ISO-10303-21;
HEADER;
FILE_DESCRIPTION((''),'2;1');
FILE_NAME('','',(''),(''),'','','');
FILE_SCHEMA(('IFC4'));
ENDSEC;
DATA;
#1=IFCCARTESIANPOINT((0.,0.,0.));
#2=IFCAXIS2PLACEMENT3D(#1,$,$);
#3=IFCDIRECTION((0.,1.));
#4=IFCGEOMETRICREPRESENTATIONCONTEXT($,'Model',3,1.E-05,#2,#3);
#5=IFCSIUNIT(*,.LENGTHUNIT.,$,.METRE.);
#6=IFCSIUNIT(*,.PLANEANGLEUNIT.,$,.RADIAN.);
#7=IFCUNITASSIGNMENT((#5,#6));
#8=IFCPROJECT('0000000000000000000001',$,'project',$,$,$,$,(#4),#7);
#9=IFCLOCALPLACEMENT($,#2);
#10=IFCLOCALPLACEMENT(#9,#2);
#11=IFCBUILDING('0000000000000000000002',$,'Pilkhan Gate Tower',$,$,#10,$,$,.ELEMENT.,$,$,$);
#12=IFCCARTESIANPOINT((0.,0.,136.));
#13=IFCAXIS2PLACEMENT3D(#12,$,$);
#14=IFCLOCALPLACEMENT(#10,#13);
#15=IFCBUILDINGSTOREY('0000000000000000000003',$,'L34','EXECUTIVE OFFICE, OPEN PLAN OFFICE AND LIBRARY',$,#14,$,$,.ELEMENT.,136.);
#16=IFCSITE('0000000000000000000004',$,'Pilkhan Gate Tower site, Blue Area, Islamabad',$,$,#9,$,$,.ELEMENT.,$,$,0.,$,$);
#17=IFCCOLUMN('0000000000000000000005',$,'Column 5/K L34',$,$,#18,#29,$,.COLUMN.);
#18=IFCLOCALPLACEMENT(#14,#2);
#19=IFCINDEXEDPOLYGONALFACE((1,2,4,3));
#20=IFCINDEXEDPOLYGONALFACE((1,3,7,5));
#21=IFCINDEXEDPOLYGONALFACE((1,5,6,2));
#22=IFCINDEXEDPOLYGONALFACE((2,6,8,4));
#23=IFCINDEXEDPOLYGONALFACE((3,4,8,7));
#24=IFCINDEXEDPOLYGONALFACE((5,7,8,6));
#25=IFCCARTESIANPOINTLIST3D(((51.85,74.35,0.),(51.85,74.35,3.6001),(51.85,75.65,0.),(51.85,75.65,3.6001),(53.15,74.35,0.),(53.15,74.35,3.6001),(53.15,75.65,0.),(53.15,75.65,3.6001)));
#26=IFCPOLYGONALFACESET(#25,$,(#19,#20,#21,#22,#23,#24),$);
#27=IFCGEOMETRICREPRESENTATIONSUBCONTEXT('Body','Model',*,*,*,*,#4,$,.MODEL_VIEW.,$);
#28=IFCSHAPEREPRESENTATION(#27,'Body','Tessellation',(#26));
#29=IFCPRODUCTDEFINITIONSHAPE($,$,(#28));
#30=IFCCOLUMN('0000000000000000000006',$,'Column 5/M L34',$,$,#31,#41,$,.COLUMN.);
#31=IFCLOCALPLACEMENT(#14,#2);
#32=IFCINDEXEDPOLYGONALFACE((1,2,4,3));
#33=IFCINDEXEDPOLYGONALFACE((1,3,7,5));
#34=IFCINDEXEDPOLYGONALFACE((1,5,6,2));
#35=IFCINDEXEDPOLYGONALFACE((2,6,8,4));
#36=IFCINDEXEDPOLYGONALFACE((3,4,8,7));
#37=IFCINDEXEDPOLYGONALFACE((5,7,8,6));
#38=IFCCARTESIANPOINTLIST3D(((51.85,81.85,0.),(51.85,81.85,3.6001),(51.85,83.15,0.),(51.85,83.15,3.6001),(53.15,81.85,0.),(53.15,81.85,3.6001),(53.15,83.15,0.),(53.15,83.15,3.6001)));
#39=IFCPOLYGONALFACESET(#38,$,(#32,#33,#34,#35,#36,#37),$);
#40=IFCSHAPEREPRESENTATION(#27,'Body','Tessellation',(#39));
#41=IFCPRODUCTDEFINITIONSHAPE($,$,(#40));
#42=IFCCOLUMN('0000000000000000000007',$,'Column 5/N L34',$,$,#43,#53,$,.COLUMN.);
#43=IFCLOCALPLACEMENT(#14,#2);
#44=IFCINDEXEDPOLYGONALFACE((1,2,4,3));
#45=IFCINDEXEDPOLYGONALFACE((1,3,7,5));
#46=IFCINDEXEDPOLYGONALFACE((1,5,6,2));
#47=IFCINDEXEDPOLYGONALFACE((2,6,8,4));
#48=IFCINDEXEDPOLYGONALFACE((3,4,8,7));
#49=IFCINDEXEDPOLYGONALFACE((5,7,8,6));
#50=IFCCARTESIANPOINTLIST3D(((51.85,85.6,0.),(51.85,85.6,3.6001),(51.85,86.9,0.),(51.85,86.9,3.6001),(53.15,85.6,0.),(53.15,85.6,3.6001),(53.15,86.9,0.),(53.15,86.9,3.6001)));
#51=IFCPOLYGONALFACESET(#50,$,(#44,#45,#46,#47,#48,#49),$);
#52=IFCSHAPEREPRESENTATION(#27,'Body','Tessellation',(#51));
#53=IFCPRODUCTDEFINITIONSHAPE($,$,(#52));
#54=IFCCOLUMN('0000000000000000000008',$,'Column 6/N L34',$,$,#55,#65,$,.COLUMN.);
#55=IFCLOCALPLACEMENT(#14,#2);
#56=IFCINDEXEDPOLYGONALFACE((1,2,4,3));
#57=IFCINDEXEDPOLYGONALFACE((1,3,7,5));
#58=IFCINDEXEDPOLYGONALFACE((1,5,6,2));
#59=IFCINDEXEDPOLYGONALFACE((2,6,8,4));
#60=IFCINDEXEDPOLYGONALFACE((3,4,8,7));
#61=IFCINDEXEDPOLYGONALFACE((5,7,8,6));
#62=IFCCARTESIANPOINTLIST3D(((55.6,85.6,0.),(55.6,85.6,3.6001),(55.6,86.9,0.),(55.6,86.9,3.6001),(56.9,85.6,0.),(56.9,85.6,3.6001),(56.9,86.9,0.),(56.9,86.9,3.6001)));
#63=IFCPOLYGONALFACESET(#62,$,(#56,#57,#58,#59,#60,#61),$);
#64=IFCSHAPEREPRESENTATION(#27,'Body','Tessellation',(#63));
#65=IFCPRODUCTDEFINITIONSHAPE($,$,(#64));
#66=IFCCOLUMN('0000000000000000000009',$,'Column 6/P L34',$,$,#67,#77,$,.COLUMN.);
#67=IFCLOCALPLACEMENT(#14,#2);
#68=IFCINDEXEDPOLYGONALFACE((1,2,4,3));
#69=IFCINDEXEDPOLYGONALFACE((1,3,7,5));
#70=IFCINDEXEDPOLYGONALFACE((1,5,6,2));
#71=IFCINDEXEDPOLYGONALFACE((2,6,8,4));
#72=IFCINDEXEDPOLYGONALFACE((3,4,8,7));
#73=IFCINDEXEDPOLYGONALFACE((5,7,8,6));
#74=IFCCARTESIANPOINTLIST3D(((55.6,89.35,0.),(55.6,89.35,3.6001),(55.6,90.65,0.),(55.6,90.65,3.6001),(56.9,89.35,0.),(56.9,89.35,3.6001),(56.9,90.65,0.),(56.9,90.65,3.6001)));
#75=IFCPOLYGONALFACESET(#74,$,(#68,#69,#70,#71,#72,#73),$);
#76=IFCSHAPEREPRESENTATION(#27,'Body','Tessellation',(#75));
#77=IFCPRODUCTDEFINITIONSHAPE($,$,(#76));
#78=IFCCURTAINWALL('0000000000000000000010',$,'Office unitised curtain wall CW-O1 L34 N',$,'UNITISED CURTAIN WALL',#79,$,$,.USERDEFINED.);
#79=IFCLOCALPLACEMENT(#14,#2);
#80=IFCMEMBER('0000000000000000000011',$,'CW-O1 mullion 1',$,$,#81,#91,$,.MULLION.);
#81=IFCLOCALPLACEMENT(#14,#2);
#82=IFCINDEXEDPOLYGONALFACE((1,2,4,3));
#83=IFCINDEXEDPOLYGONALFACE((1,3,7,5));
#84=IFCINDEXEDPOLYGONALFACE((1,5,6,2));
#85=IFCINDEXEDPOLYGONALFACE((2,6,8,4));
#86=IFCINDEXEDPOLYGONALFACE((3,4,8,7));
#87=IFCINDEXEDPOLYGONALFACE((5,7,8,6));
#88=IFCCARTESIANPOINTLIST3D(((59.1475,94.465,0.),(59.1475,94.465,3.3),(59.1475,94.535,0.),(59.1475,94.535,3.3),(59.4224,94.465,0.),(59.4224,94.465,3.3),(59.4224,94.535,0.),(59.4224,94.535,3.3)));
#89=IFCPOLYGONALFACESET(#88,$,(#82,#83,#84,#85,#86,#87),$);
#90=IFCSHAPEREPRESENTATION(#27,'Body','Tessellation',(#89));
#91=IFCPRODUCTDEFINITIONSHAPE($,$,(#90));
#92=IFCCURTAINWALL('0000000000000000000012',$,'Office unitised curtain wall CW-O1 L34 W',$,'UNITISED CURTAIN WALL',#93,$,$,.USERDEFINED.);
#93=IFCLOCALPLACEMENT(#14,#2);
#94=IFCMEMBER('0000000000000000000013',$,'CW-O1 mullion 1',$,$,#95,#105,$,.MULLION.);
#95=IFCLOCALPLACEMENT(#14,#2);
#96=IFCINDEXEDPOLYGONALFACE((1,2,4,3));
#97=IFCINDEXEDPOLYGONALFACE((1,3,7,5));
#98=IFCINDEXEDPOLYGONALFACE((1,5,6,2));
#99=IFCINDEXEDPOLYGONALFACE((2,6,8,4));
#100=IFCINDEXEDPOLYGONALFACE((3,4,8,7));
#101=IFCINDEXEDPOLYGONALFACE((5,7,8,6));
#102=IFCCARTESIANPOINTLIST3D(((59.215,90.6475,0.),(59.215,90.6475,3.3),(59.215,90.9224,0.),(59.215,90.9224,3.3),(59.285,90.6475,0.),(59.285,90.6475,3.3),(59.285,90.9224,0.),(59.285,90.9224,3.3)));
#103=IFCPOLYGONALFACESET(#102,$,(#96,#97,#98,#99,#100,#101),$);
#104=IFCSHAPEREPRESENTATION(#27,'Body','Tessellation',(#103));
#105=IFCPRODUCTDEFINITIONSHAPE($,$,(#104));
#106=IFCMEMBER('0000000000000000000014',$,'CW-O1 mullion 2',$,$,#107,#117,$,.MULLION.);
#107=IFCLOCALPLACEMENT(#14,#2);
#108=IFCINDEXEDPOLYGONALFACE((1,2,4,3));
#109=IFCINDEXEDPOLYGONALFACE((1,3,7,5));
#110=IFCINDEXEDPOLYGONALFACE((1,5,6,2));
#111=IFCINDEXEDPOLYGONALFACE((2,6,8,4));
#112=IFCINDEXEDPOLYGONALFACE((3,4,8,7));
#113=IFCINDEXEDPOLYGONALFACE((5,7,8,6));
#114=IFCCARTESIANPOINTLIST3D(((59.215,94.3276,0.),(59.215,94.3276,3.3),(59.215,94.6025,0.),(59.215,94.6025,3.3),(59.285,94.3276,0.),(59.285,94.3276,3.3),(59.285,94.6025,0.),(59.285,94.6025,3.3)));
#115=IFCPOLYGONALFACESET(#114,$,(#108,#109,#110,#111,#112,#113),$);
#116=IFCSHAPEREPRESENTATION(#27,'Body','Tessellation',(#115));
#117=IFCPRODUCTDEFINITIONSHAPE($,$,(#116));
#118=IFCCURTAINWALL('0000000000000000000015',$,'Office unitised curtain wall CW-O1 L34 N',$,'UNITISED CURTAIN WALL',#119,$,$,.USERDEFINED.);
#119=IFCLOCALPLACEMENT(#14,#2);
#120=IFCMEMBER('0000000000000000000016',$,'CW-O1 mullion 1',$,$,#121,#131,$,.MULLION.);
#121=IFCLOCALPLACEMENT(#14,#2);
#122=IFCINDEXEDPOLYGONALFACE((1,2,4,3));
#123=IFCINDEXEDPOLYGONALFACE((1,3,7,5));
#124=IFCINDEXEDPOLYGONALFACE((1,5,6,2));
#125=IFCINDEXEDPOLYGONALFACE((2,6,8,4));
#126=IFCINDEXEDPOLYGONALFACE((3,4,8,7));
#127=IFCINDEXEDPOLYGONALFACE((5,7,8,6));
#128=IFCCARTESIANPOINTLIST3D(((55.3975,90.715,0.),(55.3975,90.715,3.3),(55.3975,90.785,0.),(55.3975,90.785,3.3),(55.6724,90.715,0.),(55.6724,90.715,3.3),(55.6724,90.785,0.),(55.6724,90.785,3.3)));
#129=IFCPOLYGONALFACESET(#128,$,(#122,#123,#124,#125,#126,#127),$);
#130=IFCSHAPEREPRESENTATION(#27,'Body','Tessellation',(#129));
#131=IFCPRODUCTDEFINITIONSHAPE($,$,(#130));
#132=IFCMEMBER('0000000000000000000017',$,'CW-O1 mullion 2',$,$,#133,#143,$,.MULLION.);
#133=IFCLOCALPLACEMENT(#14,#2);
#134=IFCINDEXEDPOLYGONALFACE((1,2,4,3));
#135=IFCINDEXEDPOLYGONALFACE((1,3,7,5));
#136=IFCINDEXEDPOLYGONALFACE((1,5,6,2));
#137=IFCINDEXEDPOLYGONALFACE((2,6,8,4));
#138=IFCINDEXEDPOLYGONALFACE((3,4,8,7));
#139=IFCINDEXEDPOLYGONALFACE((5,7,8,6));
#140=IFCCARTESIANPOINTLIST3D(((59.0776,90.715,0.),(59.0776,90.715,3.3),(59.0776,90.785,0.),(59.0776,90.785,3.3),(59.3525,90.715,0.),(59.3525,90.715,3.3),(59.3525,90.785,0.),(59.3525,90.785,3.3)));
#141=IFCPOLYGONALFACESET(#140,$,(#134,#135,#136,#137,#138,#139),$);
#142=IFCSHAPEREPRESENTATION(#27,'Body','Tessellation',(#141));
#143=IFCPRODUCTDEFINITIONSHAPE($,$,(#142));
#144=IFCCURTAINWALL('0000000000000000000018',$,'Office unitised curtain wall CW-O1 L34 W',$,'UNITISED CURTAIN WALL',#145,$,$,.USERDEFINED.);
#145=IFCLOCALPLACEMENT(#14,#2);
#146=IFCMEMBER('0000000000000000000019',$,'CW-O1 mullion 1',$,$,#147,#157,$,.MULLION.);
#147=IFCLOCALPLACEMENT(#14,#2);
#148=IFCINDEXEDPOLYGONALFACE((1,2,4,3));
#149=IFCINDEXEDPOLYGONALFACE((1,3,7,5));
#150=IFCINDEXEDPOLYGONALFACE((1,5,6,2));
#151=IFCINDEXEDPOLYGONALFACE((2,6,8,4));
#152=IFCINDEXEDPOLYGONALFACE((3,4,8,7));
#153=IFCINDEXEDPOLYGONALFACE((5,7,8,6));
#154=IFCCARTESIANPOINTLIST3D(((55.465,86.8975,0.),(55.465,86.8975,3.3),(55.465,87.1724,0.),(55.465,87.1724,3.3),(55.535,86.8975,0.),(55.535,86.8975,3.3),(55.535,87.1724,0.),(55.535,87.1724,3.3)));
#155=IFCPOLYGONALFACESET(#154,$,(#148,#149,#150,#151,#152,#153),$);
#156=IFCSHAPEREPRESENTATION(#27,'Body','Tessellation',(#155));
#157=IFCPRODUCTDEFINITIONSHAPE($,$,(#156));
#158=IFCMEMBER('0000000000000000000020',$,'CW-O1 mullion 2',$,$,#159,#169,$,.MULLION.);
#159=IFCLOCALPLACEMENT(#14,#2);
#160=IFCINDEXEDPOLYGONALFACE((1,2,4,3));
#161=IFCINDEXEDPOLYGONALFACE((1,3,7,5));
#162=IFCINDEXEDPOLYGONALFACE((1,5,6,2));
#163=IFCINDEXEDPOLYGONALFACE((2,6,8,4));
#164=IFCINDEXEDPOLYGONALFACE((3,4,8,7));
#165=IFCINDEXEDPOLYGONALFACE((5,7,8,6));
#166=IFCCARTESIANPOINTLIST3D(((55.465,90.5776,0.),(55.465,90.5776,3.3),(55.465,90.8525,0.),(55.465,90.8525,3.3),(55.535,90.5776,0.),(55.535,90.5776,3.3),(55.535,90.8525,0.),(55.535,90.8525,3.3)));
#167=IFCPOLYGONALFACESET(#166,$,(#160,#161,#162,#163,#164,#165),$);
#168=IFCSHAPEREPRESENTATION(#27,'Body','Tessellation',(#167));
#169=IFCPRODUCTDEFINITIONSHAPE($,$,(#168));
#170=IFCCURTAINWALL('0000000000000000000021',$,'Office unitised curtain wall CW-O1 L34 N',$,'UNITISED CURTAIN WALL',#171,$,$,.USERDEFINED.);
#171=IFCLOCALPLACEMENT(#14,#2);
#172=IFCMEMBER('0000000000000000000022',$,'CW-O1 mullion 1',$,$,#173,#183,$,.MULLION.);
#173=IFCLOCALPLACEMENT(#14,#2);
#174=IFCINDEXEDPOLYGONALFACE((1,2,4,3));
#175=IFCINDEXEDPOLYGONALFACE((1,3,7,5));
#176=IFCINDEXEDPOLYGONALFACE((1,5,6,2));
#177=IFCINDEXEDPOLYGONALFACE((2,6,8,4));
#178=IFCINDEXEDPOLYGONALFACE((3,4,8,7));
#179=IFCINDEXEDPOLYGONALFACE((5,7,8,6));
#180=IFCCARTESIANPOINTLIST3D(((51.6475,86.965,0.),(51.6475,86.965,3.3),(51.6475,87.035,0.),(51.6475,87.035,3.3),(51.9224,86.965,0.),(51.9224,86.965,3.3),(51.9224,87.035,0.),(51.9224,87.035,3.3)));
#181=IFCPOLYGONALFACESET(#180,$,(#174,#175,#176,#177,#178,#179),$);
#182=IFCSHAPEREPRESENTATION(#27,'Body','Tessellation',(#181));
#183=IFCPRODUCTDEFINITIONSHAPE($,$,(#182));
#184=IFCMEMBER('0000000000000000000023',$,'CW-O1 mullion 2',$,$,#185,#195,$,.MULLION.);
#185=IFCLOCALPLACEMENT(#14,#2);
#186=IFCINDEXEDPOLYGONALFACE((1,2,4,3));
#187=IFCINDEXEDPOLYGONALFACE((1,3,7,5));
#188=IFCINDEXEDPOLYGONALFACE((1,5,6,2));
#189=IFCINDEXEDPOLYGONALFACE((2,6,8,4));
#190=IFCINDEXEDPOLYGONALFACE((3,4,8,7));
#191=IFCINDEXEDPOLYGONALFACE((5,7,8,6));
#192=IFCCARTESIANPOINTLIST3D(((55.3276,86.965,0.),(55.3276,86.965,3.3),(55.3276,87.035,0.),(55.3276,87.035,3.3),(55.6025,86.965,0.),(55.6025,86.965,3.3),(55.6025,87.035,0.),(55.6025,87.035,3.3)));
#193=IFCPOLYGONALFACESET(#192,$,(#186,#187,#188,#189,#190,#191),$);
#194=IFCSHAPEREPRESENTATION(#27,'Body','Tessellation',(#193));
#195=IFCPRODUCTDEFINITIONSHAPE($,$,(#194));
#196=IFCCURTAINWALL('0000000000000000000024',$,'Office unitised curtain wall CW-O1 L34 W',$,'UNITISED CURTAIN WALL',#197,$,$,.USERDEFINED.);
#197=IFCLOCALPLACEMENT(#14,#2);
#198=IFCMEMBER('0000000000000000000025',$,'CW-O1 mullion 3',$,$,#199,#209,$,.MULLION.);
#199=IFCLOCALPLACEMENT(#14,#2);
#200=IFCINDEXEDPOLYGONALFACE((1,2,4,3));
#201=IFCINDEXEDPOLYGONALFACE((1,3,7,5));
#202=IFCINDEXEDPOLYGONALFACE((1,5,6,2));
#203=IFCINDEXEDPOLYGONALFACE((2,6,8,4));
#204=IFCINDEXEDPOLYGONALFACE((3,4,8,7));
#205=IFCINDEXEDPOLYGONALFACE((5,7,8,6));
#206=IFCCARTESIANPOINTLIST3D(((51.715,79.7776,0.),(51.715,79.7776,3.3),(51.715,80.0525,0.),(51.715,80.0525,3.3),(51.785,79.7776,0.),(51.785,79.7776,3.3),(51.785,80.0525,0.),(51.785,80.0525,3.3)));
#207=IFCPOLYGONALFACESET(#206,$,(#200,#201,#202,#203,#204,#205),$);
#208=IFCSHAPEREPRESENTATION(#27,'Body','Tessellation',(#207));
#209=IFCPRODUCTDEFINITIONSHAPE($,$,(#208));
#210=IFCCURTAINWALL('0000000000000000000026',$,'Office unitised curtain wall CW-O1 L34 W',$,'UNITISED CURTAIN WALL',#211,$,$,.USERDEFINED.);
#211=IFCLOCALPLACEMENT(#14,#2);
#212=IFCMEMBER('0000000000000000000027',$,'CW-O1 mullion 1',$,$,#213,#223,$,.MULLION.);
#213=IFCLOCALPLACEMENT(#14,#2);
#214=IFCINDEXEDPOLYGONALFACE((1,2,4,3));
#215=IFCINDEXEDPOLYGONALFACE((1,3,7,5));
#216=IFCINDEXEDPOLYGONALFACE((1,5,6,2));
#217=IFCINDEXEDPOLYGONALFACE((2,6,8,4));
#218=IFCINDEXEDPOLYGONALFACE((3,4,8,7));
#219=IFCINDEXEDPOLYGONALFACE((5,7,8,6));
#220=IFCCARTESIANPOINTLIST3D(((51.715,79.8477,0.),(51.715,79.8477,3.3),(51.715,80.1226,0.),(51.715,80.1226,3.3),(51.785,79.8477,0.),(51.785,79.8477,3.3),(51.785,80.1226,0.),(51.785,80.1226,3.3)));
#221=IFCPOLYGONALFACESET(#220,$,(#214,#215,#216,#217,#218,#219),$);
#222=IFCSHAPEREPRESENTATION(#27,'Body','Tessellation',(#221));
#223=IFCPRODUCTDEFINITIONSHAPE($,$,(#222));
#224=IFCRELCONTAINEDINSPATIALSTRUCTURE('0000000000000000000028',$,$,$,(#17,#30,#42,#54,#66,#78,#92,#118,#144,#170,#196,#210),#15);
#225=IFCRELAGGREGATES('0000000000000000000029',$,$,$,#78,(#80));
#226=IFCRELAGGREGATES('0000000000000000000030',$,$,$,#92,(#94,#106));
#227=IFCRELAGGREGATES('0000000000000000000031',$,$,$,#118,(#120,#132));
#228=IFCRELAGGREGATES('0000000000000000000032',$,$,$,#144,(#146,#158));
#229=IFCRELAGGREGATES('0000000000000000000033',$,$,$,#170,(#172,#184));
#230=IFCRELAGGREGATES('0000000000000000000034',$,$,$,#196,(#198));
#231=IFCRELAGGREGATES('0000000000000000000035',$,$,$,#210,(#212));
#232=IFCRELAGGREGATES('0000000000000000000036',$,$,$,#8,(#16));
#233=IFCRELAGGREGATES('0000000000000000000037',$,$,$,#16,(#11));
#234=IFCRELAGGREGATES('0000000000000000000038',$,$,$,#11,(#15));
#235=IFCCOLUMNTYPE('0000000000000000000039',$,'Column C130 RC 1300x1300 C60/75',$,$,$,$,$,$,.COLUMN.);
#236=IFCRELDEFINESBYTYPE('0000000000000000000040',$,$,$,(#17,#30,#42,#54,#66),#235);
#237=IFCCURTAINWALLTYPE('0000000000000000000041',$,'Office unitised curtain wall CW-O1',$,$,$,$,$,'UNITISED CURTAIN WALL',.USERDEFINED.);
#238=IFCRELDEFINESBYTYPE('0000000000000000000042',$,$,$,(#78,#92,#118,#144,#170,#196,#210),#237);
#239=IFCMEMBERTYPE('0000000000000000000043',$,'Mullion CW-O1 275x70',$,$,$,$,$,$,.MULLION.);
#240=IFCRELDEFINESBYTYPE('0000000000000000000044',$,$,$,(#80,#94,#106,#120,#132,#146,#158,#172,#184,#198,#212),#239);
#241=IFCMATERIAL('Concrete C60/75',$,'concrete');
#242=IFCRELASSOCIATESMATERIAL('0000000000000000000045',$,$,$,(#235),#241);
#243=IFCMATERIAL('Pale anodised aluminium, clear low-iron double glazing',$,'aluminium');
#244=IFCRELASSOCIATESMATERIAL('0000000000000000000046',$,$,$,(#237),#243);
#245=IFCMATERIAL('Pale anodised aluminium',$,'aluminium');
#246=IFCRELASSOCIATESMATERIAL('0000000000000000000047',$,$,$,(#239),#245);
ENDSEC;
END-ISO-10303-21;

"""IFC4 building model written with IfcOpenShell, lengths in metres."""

from ifc_helpers import new_model, si_unit, direction, frame, origin, origin_2d, place, context, subcontext, project, spatial, rectangle, extrude, material, material_profile, profile_set, type_object, element, aggregate, save


model = new_model("IFC4")

# Units and contexts
model_context = context("Model", 3, precision=1e-05, world=origin(), true_north=direction((0.0, 1.0)))
body_context = subcontext(model_context, "Body", "Model", "MODEL_VIEW")
ifc_project = project(units=[si_unit("LENGTHUNIT", "METRE"), si_unit("PLANEANGLEUNIT", "RADIAN")], contexts=[model_context])

# Site, building, storey
site_placement = place(None, origin())
site = spatial("IfcSite", under=ifc_project, at=site_placement, Name="Pilkhan Gate Tower site, Blue Area, Islamabad", CompositionType="ELEMENT", RefElevation=0.0)
building_placement = place(site_placement, origin())
building = spatial("IfcBuilding", under=site, at=building_placement, Name="Pilkhan Gate Tower", CompositionType="ELEMENT")
storey_placement = place(building_placement, frame((0.0, 0.0, 136.0)))
storey = spatial("IfcBuildingStorey", under=building, at=storey_placement, Name="L34", Description="EXECUTIVE OFFICE, OPEN PLAN OFFICE AND LIBRARY", CompositionType="ELEMENT", Elevation=136.0)

# Columns
ifc_material_1 = material(Name="Concrete C60/75", Category="concrete")
ifc_material_profile_1 = material_profile(ifc_material_1, rectangle(XDim=1.3, YDim=1.3, at=origin_2d()), Name="RC 1300x1300")
ifc_profile_set_1 = profile_set([ifc_material_profile_1], Name="Concrete C60/75")
column_type = type_object("IfcColumnType", Name="Column C130 RC 1300x1300 C60/75", PredefinedType="COLUMN", material=ifc_profile_set_1)
for number, where, z_axis, x_axis, name in (
    (1, (52.5, 75.0, 0.0), (0.0, 0.0, 1.0), (1.0, 0.0, 0.0), "Column 5/K L34"),
    (2, (52.5, 82.5, 0.0), (0.0, 0.0, 1.0), (1.0, 0.0, 0.0), "Column 5/M L34"),
    (3, (52.5, 86.25, 0.0), (0.0, 0.0, 1.0), (1.0, 0.0, 0.0), "Column 5/N L34"),
    (4, (56.25, 86.25, 0.0), (0.0, 0.0, 1.0), (1.0, 0.0, 0.0), "Column 6/N L34"),
    (5, (56.25, 90.0, 0.0), (0.0, 0.0, 1.0), (1.0, 0.0, 0.0), "Column 6/P L34"),
):
    element("IfcColumn", number, at=place(storey_placement, frame(where, z_axis=z_axis, x_axis=x_axis)), inside=storey, type_object=column_type, Name=name, PredefinedType="COLUMN", context=body_context, shape_type="SweptSolid", body=[
        extrude(rectangle(XDim=1.3, YDim=1.3, at=origin_2d()), origin(), (0.0, 0.0, 1.0), 3.6001),
    ])

# Curtain wall, member
ifc_material_2 = material(Name="Pale anodised aluminium, clear low-iron double glazing", Category="aluminium")
curtain_wall_type = type_object("IfcCurtainWallType", Name="Office unitised curtain wall CW-O1", ElementType="UNITISED CURTAIN WALL", PredefinedType="USERDEFINED", material=ifc_material_2)
curtain_wall_1_placement = place(storey_placement, origin())
curtain_wall_1 = element("IfcCurtainWall", 6, at=curtain_wall_1_placement, inside=storey, type_object=curtain_wall_type, Name="Office unitised curtain wall CW-O1 L34 N", ObjectType="UNITISED CURTAIN WALL", PredefinedType="USERDEFINED")
ifc_material_3 = material(Name="Pale anodised aluminium", Category="aluminium")
ifc_material_profile_2 = material_profile(ifc_material_3, rectangle(XDim=0.0701, YDim=0.2749, at=origin_2d()), Name="Mullion 275x70")
ifc_profile_set_2 = profile_set([ifc_material_profile_2], Name="Pale anodised aluminium")
member_type_1 = type_object("IfcMemberType", Name="Mullion CW-O1 275x70", PredefinedType="MULLION", material=ifc_profile_set_2)
member_1_placement = place(storey_placement, frame((59.2849, 94.5, 0.0), z_axis=(0.0, 0.0, 1.0), x_axis=(0.0, 1.0, 0.0)))
member_1 = element("IfcMember", 7, at=member_1_placement, type_object=member_type_1, Name="CW-O1 mullion 1", PredefinedType="MULLION", context=body_context, shape_type="SweptSolid", body=[
    extrude(rectangle(XDim=0.0701, YDim=0.2749, at=origin_2d()), origin(), (0.0, 0.0, 1.0), 3.3),
])

# Curtain walls, members
curtain_wall_2_placement = place(storey_placement, origin())
curtain_wall_2 = element("IfcCurtainWall", 8, at=curtain_wall_2_placement, inside=storey, type_object=curtain_wall_type, Name="Office unitised curtain wall CW-O1 L34 W", ObjectType="UNITISED CURTAIN WALL", PredefinedType="USERDEFINED")
member_2_placement = place(storey_placement, frame((59.25, 90.7849, 0.0), z_axis=(0.0, 0.0, 1.0), x_axis=(-1.0, 0.0, 0.0)))
member_2 = element("IfcMember", 9, at=member_2_placement, type_object=member_type_1, Name="CW-O1 mullion 1", PredefinedType="MULLION", context=body_context, shape_type="SweptSolid", body=[
    extrude(rectangle(XDim=0.0701, YDim=0.2749, at=origin_2d()), origin(), (0.0, 0.0, 1.0), 3.3),
])
member_3_placement = place(storey_placement, frame((59.25, 94.4651, 0.0), z_axis=(0.0, 0.0, 1.0), x_axis=(-1.0, 0.0, 0.0)))
member_3 = element("IfcMember", 10, at=member_3_placement, type_object=member_type_1, Name="CW-O1 mullion 2", PredefinedType="MULLION", context=body_context, shape_type="SweptSolid", body=[
    extrude(rectangle(XDim=0.0701, YDim=0.2749, at=origin_2d()), origin(), (0.0, 0.0, 1.0), 3.3),
])
curtain_wall_3_placement = place(storey_placement, origin())
curtain_wall_3 = element("IfcCurtainWall", 11, at=curtain_wall_3_placement, inside=storey, type_object=curtain_wall_type, Name="Office unitised curtain wall CW-O1 L34 N", ObjectType="UNITISED CURTAIN WALL", PredefinedType="USERDEFINED")
member_4_placement = place(storey_placement, frame((55.5349, 90.75, 0.0), z_axis=(0.0, 0.0, 1.0), x_axis=(0.0, 1.0, 0.0)))
member_4 = element("IfcMember", 12, at=member_4_placement, type_object=member_type_1, Name="CW-O1 mullion 1", PredefinedType="MULLION", context=body_context, shape_type="SweptSolid", body=[
    extrude(rectangle(XDim=0.0701, YDim=0.2749, at=origin_2d()), origin(), (0.0, 0.0, 1.0), 3.3),
])
member_5_placement = place(storey_placement, frame((59.2151, 90.75, 0.0), z_axis=(0.0, 0.0, 1.0), x_axis=(0.0, 1.0, 0.0)))
member_5 = element("IfcMember", 13, at=member_5_placement, type_object=member_type_1, Name="CW-O1 mullion 2", PredefinedType="MULLION", context=body_context, shape_type="SweptSolid", body=[
    extrude(rectangle(XDim=0.0701, YDim=0.2749, at=origin_2d()), origin(), (0.0, 0.0, 1.0), 3.3),
])
curtain_wall_4_placement = place(storey_placement, origin())
curtain_wall_4 = element("IfcCurtainWall", 14, at=curtain_wall_4_placement, inside=storey, type_object=curtain_wall_type, Name="Office unitised curtain wall CW-O1 L34 W", ObjectType="UNITISED CURTAIN WALL", PredefinedType="USERDEFINED")
member_6_placement = place(storey_placement, frame((55.5, 87.0349, 0.0), z_axis=(0.0, 0.0, 1.0), x_axis=(-1.0, 0.0, 0.0)))
member_6 = element("IfcMember", 15, at=member_6_placement, type_object=member_type_1, Name="CW-O1 mullion 1", PredefinedType="MULLION", context=body_context, shape_type="SweptSolid", body=[
    extrude(rectangle(XDim=0.0701, YDim=0.2749, at=origin_2d()), origin(), (0.0, 0.0, 1.0), 3.3),
])
member_7_placement = place(storey_placement, frame((55.5, 90.7151, 0.0), z_axis=(0.0, 0.0, 1.0), x_axis=(-1.0, 0.0, 0.0)))
member_7 = element("IfcMember", 16, at=member_7_placement, type_object=member_type_1, Name="CW-O1 mullion 2", PredefinedType="MULLION", context=body_context, shape_type="SweptSolid", body=[
    extrude(rectangle(XDim=0.0701, YDim=0.2749, at=origin_2d()), origin(), (0.0, 0.0, 1.0), 3.3),
])
curtain_wall_5_placement = place(storey_placement, origin())
curtain_wall_5 = element("IfcCurtainWall", 17, at=curtain_wall_5_placement, inside=storey, type_object=curtain_wall_type, Name="Office unitised curtain wall CW-O1 L34 N", ObjectType="UNITISED CURTAIN WALL", PredefinedType="USERDEFINED")
member_8_placement = place(storey_placement, frame((51.7849, 87.0, 0.0), z_axis=(0.0, 0.0, 1.0), x_axis=(0.0, 1.0, 0.0)))
member_8 = element("IfcMember", 18, at=member_8_placement, type_object=member_type_1, Name="CW-O1 mullion 1", PredefinedType="MULLION", context=body_context, shape_type="SweptSolid", body=[
    extrude(rectangle(XDim=0.0701, YDim=0.2749, at=origin_2d()), origin(), (0.0, 0.0, 1.0), 3.3),
])
member_9_placement = place(storey_placement, frame((55.4651, 87.0, 0.0), z_axis=(0.0, 0.0, 1.0), x_axis=(0.0, 1.0, 0.0)))
member_9 = element("IfcMember", 19, at=member_9_placement, type_object=member_type_1, Name="CW-O1 mullion 2", PredefinedType="MULLION", context=body_context, shape_type="SweptSolid", body=[
    extrude(rectangle(XDim=0.0701, YDim=0.2749, at=origin_2d()), origin(), (0.0, 0.0, 1.0), 3.3),
])

# Curtain wall, member
curtain_wall_6_placement = place(storey_placement, origin())
curtain_wall_6 = element("IfcCurtainWall", 20, at=curtain_wall_6_placement, inside=storey, type_object=curtain_wall_type, Name="Office unitised curtain wall CW-O1 L34 W", ObjectType="UNITISED CURTAIN WALL", PredefinedType="USERDEFINED")
member_10_placement = place(storey_placement, frame((51.75, 79.915, 0.0), z_axis=(0.0, 0.0, 1.0), x_axis=(-1.0, 0.0, 0.0)))
member_10 = element("IfcMember", 21, at=member_10_placement, type_object=member_type_1, Name="CW-O1 mullion 3", PredefinedType="MULLION", context=body_context, shape_type="SweptSolid", body=[
    extrude(rectangle(XDim=0.0701, YDim=0.2749, at=origin_2d()), origin(), (0.0, 0.0, 1.0), 3.3),
])

# Curtain wall, member
curtain_wall_7_placement = place(storey_placement, origin())
curtain_wall_7 = element("IfcCurtainWall", 22, at=curtain_wall_7_placement, inside=storey, type_object=curtain_wall_type, Name="Office unitised curtain wall CW-O1 L34 W", ObjectType="UNITISED CURTAIN WALL", PredefinedType="USERDEFINED")
member_11_placement = place(storey_placement, frame((51.75, 79.9851, 0.0), z_axis=(0.0, 0.0, 1.0), x_axis=(-1.0, 0.0, 0.0)))
member_11 = element("IfcMember", 23, at=member_11_placement, type_object=member_type_1, Name="CW-O1 mullion 1", PredefinedType="MULLION", context=body_context, shape_type="SweptSolid", body=[
    extrude(rectangle(XDim=0.0701, YDim=0.2749, at=origin_2d()), origin(), (0.0, 0.0, 1.0), 3.3),
])

aggregate(curtain_wall_1, [member_1])

aggregate(curtain_wall_2, [member_2, member_3])
aggregate(curtain_wall_3, [member_4, member_5])
aggregate(curtain_wall_4, [member_6, member_7])
aggregate(curtain_wall_5, [member_8, member_9])
aggregate(curtain_wall_6, [member_10])
aggregate(curtain_wall_7, [member_11])

save(model, "model.ifc")
